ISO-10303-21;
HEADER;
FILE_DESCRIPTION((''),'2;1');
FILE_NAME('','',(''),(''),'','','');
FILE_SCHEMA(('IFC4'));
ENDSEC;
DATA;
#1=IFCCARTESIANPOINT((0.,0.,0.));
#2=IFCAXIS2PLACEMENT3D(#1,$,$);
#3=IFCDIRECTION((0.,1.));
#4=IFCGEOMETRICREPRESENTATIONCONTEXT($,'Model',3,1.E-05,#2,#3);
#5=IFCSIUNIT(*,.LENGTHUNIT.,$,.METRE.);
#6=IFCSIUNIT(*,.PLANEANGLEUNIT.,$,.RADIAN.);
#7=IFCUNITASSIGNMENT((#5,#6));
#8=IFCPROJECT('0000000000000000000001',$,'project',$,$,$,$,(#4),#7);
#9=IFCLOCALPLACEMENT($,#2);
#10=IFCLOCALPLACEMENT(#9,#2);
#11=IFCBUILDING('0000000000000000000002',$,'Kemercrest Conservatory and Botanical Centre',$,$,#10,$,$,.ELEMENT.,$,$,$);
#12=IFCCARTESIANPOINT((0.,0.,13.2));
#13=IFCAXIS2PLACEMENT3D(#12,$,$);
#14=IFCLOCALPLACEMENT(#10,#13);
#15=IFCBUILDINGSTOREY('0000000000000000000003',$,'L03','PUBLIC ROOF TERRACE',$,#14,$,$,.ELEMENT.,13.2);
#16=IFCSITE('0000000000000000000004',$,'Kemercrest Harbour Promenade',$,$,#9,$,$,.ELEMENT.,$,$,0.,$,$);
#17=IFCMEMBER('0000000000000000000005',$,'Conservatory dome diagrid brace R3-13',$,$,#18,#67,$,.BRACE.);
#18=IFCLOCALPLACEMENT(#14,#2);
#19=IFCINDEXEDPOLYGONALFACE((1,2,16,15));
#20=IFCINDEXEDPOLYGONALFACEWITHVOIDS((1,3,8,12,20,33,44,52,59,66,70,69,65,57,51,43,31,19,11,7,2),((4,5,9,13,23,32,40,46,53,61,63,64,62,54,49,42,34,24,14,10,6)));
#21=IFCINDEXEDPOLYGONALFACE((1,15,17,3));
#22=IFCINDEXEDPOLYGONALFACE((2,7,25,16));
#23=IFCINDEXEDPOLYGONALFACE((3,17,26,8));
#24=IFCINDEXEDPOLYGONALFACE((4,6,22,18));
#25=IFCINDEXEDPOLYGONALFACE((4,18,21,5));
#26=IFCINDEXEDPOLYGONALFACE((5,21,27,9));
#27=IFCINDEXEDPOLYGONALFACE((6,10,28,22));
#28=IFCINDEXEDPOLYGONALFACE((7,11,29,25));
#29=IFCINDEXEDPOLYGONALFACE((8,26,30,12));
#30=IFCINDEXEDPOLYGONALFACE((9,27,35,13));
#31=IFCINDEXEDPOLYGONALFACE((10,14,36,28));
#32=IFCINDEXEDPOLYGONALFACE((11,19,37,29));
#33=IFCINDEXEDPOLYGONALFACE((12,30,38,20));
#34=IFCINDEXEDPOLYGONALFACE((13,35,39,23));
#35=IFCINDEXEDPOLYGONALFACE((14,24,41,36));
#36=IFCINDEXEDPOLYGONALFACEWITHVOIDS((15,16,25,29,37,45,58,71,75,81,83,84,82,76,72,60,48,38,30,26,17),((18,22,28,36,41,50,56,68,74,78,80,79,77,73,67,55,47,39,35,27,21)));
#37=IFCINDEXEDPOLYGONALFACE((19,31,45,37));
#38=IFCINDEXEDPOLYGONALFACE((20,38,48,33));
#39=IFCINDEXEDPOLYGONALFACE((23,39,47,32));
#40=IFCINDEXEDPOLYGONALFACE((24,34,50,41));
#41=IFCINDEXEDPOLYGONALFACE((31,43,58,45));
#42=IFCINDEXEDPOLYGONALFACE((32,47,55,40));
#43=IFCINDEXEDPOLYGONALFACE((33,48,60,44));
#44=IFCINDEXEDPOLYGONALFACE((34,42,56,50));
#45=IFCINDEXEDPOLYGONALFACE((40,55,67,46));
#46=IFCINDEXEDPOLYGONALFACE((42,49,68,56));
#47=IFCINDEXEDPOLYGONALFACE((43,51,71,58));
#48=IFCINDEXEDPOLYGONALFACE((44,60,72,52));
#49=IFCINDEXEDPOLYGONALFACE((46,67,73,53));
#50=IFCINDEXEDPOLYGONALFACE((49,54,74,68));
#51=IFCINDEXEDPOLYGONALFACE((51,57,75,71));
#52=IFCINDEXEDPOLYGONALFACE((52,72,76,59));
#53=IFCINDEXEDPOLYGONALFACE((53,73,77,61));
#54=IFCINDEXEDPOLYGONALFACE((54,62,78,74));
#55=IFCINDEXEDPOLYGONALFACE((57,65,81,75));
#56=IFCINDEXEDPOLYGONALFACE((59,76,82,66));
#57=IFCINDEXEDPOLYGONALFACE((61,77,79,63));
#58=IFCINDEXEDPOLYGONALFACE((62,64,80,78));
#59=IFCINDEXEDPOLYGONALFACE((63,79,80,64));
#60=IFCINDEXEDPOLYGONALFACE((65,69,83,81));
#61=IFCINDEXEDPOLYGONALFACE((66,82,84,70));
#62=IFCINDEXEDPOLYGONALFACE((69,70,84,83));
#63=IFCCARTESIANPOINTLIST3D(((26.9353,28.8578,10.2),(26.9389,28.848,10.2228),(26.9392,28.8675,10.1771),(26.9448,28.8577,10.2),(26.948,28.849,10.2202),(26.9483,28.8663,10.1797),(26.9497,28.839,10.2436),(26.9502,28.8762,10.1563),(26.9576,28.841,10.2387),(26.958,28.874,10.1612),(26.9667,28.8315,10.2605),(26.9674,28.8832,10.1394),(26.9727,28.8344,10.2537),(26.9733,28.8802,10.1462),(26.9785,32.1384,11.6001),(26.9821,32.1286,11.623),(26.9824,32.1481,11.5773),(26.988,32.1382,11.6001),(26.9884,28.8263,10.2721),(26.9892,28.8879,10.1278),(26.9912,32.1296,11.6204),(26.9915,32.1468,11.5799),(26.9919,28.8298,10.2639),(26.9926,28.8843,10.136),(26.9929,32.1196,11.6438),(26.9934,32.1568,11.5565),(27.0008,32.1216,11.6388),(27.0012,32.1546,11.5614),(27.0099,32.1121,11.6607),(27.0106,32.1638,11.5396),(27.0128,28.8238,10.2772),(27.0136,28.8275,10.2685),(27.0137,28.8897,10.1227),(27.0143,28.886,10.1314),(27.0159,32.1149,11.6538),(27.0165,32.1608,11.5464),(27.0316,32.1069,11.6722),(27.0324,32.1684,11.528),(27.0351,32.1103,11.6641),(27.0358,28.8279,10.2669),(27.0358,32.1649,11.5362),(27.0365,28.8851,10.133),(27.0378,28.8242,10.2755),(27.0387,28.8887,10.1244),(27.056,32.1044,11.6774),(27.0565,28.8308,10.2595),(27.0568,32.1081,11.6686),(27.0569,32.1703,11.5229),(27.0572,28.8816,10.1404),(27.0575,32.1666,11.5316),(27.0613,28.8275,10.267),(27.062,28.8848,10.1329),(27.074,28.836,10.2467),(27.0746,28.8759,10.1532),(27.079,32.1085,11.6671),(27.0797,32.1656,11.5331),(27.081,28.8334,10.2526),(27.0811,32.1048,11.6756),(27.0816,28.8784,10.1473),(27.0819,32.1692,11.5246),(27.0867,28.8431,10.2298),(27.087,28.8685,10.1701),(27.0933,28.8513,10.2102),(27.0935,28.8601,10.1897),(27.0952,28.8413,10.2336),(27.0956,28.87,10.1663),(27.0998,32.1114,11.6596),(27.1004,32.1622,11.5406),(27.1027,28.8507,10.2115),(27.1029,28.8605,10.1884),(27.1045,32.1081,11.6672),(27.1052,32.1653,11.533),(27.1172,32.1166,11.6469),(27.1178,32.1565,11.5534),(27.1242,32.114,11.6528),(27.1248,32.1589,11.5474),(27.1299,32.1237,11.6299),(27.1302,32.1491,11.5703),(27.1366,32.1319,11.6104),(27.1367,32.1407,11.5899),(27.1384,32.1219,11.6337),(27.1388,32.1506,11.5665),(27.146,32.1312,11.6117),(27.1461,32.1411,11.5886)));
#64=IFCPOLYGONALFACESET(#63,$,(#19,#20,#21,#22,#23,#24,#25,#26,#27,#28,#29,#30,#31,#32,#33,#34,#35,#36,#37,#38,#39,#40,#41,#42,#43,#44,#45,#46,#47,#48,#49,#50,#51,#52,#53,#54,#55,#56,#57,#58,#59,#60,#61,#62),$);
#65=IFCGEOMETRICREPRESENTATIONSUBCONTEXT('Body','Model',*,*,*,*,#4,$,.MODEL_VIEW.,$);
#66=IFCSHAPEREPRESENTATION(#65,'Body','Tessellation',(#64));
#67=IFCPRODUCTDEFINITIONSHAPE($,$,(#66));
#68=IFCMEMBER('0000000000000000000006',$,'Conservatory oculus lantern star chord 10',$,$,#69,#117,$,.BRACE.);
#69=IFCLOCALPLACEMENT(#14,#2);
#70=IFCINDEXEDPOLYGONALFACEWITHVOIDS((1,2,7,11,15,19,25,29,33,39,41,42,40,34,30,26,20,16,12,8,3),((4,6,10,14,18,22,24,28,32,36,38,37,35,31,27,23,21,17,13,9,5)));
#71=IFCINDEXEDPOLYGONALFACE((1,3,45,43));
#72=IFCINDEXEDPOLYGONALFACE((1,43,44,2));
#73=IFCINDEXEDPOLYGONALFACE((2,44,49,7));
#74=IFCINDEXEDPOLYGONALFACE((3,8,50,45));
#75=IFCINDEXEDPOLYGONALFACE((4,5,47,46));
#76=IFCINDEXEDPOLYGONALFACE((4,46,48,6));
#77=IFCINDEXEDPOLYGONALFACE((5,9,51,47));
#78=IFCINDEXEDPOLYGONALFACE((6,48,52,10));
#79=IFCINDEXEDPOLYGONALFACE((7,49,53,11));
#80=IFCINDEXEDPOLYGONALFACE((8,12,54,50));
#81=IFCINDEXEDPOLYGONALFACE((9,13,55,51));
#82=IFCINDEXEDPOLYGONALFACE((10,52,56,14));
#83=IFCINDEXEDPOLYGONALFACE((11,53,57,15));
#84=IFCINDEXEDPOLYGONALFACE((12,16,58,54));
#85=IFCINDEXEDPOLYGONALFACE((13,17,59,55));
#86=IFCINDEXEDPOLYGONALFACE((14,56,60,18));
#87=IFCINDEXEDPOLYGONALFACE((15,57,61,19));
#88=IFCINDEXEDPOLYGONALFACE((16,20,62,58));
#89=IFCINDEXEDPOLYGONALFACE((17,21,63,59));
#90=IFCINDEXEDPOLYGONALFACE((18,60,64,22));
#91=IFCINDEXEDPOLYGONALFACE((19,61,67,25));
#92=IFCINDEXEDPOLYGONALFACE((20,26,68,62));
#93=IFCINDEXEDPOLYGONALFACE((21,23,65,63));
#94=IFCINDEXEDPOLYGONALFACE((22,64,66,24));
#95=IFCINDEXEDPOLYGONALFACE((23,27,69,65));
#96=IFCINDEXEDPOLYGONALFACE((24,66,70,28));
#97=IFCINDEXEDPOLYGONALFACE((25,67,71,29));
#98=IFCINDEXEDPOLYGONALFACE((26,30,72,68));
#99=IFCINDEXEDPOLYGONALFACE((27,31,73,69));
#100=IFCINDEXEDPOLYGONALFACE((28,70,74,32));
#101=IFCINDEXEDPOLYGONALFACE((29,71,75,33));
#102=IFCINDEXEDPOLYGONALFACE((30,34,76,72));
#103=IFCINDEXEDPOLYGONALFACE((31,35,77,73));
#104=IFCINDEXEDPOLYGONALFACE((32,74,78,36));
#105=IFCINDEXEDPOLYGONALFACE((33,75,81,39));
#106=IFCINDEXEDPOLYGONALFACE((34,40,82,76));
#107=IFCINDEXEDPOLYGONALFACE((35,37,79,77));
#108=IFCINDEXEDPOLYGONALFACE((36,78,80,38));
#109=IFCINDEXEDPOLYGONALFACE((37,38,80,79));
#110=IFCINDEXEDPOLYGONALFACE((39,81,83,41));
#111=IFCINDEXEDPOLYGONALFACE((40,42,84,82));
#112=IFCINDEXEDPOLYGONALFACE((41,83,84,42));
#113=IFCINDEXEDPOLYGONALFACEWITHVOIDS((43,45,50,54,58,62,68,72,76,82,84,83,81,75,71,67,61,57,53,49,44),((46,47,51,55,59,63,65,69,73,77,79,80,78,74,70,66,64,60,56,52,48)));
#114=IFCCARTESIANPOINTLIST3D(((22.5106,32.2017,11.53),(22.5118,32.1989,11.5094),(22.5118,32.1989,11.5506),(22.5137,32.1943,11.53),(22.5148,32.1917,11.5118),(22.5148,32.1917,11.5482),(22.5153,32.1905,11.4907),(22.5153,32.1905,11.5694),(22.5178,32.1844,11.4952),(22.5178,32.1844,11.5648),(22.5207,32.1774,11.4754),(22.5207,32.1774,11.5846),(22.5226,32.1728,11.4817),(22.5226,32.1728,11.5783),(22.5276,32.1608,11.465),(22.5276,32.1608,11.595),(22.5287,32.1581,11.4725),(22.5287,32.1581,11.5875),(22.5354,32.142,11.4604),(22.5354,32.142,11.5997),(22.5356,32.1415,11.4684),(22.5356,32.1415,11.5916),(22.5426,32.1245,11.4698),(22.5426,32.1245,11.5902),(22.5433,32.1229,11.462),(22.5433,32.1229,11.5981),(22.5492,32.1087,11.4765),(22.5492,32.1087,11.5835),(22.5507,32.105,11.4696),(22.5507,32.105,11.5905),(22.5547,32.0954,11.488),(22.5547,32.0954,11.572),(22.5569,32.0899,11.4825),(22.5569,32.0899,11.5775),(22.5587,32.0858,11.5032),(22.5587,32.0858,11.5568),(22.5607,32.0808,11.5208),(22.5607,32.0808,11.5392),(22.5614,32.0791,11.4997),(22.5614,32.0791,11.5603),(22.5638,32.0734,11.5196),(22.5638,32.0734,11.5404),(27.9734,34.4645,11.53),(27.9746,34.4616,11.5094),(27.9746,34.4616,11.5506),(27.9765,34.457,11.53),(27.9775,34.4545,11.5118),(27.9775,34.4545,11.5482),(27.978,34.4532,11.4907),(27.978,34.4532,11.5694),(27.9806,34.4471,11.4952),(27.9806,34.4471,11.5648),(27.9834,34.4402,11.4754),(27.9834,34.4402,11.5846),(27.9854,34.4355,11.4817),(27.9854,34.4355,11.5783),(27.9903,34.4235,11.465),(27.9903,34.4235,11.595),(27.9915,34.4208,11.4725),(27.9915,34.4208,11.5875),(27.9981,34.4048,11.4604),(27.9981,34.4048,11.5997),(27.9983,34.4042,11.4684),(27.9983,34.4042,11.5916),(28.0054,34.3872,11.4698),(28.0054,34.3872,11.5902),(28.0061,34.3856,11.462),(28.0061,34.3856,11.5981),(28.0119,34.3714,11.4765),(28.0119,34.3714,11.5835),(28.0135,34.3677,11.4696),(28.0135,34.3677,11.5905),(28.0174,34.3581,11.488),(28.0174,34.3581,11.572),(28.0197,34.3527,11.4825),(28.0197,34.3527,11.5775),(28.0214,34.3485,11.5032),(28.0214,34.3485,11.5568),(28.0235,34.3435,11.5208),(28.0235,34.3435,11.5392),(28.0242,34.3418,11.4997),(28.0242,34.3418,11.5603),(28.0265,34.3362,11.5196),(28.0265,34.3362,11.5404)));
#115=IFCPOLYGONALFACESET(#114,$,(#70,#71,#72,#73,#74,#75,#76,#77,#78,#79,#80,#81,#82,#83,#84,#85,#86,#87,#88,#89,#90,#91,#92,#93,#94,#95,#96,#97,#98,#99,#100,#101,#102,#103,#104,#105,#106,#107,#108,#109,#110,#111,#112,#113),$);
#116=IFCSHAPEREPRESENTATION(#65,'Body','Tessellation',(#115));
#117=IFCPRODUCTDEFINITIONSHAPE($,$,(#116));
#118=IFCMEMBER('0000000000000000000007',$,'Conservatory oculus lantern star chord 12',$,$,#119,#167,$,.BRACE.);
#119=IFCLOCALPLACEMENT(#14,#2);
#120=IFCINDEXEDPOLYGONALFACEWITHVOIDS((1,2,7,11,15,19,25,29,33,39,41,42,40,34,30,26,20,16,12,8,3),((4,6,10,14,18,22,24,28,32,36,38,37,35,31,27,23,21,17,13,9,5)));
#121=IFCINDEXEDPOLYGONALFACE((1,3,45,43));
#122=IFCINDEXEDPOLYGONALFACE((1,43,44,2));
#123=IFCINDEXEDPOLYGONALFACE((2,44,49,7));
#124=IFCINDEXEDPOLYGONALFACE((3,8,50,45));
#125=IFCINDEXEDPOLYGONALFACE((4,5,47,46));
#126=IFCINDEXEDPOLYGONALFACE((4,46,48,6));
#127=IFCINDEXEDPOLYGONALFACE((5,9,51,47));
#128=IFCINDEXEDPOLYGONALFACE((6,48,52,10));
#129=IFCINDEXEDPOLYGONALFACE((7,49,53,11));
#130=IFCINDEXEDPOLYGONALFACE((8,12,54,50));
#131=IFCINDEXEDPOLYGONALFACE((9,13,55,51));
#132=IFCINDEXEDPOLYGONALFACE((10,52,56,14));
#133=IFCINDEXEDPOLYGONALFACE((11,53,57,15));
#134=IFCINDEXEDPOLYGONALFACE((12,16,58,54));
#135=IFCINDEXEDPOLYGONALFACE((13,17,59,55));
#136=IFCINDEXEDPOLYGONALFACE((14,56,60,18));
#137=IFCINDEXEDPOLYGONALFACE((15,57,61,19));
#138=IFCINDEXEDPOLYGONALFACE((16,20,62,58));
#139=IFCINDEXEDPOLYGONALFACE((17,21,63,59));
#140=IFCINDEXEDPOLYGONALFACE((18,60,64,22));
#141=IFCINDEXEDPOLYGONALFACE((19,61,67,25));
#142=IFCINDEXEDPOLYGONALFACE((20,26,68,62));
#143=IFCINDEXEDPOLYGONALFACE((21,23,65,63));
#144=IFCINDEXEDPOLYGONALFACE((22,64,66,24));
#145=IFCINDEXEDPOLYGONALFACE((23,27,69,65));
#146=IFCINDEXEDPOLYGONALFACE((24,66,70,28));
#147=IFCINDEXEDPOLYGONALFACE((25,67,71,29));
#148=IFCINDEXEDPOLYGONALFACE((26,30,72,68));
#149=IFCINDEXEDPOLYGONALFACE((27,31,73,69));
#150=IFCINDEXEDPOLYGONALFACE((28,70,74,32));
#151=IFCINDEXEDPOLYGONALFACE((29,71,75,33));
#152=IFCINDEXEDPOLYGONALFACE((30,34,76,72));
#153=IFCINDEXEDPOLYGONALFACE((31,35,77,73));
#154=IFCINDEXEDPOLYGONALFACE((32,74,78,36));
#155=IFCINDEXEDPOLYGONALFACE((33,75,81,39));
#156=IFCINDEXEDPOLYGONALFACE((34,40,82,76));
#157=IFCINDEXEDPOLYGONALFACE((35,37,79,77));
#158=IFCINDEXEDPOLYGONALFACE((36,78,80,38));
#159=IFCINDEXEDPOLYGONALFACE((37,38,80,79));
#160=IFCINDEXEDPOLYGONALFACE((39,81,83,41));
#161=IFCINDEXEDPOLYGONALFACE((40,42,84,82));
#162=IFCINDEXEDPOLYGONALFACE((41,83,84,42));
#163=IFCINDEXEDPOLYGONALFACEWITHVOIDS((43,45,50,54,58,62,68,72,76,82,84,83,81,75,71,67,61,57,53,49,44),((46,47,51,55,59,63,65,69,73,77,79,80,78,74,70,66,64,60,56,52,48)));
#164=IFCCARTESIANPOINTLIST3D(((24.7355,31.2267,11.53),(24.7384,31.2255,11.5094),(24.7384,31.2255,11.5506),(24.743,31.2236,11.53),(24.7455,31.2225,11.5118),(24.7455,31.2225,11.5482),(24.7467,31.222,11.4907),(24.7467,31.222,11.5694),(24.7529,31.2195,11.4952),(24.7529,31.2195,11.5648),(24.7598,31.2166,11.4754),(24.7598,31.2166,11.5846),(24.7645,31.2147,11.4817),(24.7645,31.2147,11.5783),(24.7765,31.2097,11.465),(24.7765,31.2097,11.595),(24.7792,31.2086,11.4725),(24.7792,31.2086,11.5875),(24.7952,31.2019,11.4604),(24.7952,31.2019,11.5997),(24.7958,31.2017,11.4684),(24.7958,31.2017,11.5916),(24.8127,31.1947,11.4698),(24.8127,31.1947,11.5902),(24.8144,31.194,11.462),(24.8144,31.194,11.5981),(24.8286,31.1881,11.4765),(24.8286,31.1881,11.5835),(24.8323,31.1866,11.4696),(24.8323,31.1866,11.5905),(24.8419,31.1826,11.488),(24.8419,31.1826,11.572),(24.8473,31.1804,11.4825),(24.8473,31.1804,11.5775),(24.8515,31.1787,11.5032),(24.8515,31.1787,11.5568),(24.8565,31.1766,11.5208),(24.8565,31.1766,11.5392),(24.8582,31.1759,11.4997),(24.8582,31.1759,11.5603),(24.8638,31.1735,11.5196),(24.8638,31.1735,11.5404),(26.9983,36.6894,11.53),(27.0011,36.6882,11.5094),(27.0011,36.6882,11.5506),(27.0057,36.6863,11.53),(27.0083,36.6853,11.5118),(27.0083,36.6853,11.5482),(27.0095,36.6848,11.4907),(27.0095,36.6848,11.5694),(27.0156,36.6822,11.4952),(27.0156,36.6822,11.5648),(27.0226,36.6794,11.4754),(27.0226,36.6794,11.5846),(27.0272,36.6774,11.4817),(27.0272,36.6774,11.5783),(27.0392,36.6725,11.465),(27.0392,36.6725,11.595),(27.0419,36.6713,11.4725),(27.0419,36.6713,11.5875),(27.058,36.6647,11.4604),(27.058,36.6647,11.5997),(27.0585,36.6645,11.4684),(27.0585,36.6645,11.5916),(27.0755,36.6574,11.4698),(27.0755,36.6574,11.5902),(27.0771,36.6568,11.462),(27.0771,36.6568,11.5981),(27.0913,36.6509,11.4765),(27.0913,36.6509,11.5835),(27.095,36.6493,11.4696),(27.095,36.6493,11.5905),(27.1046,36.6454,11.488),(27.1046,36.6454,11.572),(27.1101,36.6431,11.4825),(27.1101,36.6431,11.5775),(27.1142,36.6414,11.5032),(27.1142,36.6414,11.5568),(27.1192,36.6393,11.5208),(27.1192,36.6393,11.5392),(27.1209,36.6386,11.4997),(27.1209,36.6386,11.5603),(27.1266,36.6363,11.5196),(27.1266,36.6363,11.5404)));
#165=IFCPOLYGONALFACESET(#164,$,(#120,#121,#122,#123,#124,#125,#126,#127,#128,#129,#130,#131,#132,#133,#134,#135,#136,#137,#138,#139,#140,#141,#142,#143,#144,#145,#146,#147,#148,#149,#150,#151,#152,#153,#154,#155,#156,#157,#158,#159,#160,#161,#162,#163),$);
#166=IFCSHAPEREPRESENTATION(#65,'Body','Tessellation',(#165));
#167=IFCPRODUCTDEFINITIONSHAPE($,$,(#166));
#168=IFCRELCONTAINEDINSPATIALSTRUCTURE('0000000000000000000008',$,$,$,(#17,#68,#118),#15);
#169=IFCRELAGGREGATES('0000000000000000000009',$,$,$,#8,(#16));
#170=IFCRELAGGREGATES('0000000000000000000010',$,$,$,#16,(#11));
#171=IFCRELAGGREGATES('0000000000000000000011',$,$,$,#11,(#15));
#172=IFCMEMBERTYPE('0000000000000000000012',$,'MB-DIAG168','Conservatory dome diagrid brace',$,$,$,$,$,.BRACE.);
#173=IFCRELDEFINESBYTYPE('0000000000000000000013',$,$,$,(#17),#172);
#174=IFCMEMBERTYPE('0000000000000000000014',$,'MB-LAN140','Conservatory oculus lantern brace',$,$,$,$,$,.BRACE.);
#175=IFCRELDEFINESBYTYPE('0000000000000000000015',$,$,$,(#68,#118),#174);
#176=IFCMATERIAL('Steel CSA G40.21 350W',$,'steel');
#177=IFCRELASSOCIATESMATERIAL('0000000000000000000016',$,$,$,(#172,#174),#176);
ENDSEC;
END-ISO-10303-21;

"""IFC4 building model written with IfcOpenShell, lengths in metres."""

from ifc_helpers import new_model, si_unit, direction, frame, origin, origin_2d, place, context, subcontext, project, spatial, hollow_circle, extrude, material, material_profile, profile_set, type_object, element, save


model = new_model("IFC4")

# Units and contexts
model_context = context("Model", 3, precision=1e-05, world=origin(), true_north=direction((0.0, 1.0)))
body_context = subcontext(model_context, "Body", "Model", "MODEL_VIEW")
ifc_project = project(units=[si_unit("LENGTHUNIT", "METRE"), si_unit("PLANEANGLEUNIT", "RADIAN")], contexts=[model_context])

# Site, building, storey
site_placement = place(None, origin())
site = spatial("IfcSite", under=ifc_project, at=site_placement, Name="Kemercrest Harbour Promenade", CompositionType="ELEMENT", RefElevation=0.0)
building_placement = place(site_placement, origin())
building = spatial("IfcBuilding", under=site, at=building_placement, Name="Kemercrest Conservatory and Botanical Centre", CompositionType="ELEMENT")
storey_placement = place(building_placement, frame((0.0, 0.0, 13.2)))
storey = spatial("IfcBuildingStorey", under=building, at=storey_placement, Name="L03", Description="PUBLIC ROOF TERRACE", CompositionType="ELEMENT", Elevation=13.2)

# Shared definitions
ifc_material_1 = material(Name="Steel CSA G40.21 350W", Category="steel")

# Members
ifc_material_profile_1 = material_profile(ifc_material_1, hollow_circle(Radius=0.0842, WallThickness=0.0095, at=origin_2d()), Name="CHS 168.3x9.5")
ifc_profile_set_1 = profile_set([ifc_material_profile_1], Name="Steel CSA G40.21 350W")
member_type_1 = type_object("IfcMemberType", Name="MB-DIAG168", Description="Conservatory dome diagrid brace", PredefinedType="BRACE", material=ifc_profile_set_1)
member_1_placement = place(storey_placement, frame((27.0195, 28.8567, 10.2), z_axis=(0.012114, 0.919664, 0.392519), x_axis=(-0.999913, 0.013171, 0.0)))
element("IfcMember", 1, at=member_1_placement, inside=storey, type_object=member_type_1, Name="Conservatory dome diagrid brace R3-13", PredefinedType="BRACE", context=body_context, shape_type="SweptSolid", body=[
    extrude(hollow_circle(Radius=0.0842, WallThickness=0.0095, at=origin_2d()), origin(), (0.0, 0.0, 1.0), 3.5671),
])
ifc_material_profile_2 = material_profile(ifc_material_1, hollow_circle(Radius=0.0698, WallThickness=0.0081, at=origin_2d()), Name="CHS 139.7x8.0")
ifc_profile_set_2 = profile_set([ifc_material_profile_2], Name="Steel CSA G40.21 350W")
member_type_2 = type_object("IfcMemberType", Name="MB-LAN140", Description="Conservatory oculus lantern brace", PredefinedType="BRACE", material=ifc_profile_set_2)
for number, where, z_axis, x_axis, name in (
    (2, (22.5374, 32.1372, 11.53), (0.92388, 0.382682, 0.0), (-0.382682, 0.92388, 0.0), "Conservatory oculus lantern star chord 10"),
    (3, (24.8, 31.2, 11.53), (0.382682, 0.92388, 0.0), (-0.92388, 0.382682, 0.0), "Conservatory oculus lantern star chord 12"),
):
    element("IfcMember", number, at=place(storey_placement, frame(where, z_axis=z_axis, x_axis=x_axis)), inside=storey, type_object=member_type_2, Name=name, PredefinedType="BRACE", context=body_context, shape_type="SweptSolid", body=[
        extrude(hollow_circle(Radius=0.0698, WallThickness=0.0081, at=origin_2d()), origin(), (0.0, 0.0, 1.0), 5.9128),
    ])

save(model, "model.ifc")
